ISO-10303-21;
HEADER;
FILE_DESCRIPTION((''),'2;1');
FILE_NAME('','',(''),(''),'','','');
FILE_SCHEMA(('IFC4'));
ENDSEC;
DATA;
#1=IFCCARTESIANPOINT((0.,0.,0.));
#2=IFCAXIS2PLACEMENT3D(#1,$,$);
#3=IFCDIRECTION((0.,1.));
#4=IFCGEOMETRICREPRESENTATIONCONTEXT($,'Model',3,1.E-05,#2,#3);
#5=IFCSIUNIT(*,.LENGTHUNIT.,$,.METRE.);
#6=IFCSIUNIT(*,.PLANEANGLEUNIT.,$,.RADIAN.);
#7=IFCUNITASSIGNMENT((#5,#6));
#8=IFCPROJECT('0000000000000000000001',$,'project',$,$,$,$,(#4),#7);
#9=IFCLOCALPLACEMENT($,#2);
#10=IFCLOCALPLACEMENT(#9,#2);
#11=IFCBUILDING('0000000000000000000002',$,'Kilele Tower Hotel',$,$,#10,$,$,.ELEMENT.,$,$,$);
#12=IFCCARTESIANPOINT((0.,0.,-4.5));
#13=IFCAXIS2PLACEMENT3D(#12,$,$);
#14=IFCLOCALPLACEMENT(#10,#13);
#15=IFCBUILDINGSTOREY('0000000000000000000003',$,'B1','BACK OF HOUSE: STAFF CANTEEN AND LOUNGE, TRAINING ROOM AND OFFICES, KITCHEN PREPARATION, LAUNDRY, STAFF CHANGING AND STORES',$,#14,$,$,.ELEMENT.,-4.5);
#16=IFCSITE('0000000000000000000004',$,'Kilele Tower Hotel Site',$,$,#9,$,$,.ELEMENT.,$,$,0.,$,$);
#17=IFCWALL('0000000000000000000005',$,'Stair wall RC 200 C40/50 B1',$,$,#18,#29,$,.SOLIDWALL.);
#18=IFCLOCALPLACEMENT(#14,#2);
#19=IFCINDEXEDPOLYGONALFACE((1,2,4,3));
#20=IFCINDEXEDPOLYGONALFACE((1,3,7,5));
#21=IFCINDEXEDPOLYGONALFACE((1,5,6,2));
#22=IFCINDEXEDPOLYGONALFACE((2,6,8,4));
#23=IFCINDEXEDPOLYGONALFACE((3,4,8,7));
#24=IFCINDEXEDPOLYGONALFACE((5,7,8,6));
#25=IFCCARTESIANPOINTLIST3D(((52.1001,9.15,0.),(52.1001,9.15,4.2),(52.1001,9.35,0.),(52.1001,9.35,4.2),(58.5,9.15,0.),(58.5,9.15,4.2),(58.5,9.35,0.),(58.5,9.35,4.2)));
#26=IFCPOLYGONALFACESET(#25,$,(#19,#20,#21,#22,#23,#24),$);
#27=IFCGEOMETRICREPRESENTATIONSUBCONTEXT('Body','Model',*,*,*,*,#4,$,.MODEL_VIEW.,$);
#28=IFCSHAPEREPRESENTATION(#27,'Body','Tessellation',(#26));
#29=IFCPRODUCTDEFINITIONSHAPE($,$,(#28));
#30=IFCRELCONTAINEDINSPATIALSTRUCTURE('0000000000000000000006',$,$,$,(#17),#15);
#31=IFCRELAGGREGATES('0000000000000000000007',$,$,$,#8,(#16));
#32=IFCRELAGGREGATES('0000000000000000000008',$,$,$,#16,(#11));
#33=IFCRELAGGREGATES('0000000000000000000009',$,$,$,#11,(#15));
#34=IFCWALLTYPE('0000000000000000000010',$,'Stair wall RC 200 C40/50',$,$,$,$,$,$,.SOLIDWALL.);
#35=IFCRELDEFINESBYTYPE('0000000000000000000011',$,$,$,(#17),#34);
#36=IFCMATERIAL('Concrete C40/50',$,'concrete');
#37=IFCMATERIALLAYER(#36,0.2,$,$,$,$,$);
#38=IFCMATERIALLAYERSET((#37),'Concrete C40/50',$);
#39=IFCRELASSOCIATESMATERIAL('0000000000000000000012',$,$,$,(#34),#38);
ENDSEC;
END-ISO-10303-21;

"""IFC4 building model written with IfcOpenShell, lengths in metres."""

from ifc_helpers import new_model, si_unit, direction, frame, frame_2d, origin, place, context, subcontext, project, spatial, rectangle, extrude, material, layer, layer_set, type_object, element, save


model = new_model("IFC4")

# Units and contexts
model_context = context("Model", 3, precision=1e-05, world=origin(), true_north=direction((0.0, 1.0)))
body_context = subcontext(model_context, "Body", "Model", "MODEL_VIEW")
ifc_project = project(units=[si_unit("LENGTHUNIT", "METRE"), si_unit("PLANEANGLEUNIT", "RADIAN")], contexts=[model_context])

# Site, building, storey
site_placement = place(None, origin())
site = spatial("IfcSite", under=ifc_project, at=site_placement, Name="Kilele Tower Hotel Site", CompositionType="ELEMENT", RefElevation=0.0)
building_placement = place(site_placement, origin())
building = spatial("IfcBuilding", under=site, at=building_placement, Name="Kilele Tower Hotel", CompositionType="ELEMENT")
storey_placement = place(building_placement, frame((0.0, 0.0, -4.5)))
storey = spatial("IfcBuildingStorey", under=building, at=storey_placement, Name="B1", Description="BACK OF HOUSE: STAFF CANTEEN AND LOUNGE, TRAINING ROOM AND OFFICES, KITCHEN PREPARATION, LAUNDRY, STAFF CHANGING AND STORES", CompositionType="ELEMENT", Elevation=-4.5)

# Wall
ifc_material_1 = material(Name="Concrete C40/50", Category="concrete")
ifc_layer_1 = layer(ifc_material_1, 0.2)
ifc_layer_set_1 = layer_set([ifc_layer_1], Name="Concrete C40/50")
wall_type_1 = type_object("IfcWallType", Name="Stair wall RC 200 C40/50", PredefinedType="SOLIDWALL", material=ifc_layer_set_1)
wall_1_placement = place(storey_placement, frame((52.1001, 9.25, 0.0), z_axis=(0.0, 0.0, 1.0), x_axis=(1.0, 0.0, 0.0)))
element("IfcWall", 1, at=wall_1_placement, inside=storey, type_object=wall_type_1, Name="Stair wall RC 200 C40/50 B1", PredefinedType="SOLIDWALL", context=body_context, shape_type="SweptSolid", body=[
    extrude(rectangle(XDim=6.3999, YDim=0.2, at=frame_2d((3.2, 0.0))), origin(), (0.0, 0.0, 1.0), 4.2),
])

save(model, "model.ifc")
